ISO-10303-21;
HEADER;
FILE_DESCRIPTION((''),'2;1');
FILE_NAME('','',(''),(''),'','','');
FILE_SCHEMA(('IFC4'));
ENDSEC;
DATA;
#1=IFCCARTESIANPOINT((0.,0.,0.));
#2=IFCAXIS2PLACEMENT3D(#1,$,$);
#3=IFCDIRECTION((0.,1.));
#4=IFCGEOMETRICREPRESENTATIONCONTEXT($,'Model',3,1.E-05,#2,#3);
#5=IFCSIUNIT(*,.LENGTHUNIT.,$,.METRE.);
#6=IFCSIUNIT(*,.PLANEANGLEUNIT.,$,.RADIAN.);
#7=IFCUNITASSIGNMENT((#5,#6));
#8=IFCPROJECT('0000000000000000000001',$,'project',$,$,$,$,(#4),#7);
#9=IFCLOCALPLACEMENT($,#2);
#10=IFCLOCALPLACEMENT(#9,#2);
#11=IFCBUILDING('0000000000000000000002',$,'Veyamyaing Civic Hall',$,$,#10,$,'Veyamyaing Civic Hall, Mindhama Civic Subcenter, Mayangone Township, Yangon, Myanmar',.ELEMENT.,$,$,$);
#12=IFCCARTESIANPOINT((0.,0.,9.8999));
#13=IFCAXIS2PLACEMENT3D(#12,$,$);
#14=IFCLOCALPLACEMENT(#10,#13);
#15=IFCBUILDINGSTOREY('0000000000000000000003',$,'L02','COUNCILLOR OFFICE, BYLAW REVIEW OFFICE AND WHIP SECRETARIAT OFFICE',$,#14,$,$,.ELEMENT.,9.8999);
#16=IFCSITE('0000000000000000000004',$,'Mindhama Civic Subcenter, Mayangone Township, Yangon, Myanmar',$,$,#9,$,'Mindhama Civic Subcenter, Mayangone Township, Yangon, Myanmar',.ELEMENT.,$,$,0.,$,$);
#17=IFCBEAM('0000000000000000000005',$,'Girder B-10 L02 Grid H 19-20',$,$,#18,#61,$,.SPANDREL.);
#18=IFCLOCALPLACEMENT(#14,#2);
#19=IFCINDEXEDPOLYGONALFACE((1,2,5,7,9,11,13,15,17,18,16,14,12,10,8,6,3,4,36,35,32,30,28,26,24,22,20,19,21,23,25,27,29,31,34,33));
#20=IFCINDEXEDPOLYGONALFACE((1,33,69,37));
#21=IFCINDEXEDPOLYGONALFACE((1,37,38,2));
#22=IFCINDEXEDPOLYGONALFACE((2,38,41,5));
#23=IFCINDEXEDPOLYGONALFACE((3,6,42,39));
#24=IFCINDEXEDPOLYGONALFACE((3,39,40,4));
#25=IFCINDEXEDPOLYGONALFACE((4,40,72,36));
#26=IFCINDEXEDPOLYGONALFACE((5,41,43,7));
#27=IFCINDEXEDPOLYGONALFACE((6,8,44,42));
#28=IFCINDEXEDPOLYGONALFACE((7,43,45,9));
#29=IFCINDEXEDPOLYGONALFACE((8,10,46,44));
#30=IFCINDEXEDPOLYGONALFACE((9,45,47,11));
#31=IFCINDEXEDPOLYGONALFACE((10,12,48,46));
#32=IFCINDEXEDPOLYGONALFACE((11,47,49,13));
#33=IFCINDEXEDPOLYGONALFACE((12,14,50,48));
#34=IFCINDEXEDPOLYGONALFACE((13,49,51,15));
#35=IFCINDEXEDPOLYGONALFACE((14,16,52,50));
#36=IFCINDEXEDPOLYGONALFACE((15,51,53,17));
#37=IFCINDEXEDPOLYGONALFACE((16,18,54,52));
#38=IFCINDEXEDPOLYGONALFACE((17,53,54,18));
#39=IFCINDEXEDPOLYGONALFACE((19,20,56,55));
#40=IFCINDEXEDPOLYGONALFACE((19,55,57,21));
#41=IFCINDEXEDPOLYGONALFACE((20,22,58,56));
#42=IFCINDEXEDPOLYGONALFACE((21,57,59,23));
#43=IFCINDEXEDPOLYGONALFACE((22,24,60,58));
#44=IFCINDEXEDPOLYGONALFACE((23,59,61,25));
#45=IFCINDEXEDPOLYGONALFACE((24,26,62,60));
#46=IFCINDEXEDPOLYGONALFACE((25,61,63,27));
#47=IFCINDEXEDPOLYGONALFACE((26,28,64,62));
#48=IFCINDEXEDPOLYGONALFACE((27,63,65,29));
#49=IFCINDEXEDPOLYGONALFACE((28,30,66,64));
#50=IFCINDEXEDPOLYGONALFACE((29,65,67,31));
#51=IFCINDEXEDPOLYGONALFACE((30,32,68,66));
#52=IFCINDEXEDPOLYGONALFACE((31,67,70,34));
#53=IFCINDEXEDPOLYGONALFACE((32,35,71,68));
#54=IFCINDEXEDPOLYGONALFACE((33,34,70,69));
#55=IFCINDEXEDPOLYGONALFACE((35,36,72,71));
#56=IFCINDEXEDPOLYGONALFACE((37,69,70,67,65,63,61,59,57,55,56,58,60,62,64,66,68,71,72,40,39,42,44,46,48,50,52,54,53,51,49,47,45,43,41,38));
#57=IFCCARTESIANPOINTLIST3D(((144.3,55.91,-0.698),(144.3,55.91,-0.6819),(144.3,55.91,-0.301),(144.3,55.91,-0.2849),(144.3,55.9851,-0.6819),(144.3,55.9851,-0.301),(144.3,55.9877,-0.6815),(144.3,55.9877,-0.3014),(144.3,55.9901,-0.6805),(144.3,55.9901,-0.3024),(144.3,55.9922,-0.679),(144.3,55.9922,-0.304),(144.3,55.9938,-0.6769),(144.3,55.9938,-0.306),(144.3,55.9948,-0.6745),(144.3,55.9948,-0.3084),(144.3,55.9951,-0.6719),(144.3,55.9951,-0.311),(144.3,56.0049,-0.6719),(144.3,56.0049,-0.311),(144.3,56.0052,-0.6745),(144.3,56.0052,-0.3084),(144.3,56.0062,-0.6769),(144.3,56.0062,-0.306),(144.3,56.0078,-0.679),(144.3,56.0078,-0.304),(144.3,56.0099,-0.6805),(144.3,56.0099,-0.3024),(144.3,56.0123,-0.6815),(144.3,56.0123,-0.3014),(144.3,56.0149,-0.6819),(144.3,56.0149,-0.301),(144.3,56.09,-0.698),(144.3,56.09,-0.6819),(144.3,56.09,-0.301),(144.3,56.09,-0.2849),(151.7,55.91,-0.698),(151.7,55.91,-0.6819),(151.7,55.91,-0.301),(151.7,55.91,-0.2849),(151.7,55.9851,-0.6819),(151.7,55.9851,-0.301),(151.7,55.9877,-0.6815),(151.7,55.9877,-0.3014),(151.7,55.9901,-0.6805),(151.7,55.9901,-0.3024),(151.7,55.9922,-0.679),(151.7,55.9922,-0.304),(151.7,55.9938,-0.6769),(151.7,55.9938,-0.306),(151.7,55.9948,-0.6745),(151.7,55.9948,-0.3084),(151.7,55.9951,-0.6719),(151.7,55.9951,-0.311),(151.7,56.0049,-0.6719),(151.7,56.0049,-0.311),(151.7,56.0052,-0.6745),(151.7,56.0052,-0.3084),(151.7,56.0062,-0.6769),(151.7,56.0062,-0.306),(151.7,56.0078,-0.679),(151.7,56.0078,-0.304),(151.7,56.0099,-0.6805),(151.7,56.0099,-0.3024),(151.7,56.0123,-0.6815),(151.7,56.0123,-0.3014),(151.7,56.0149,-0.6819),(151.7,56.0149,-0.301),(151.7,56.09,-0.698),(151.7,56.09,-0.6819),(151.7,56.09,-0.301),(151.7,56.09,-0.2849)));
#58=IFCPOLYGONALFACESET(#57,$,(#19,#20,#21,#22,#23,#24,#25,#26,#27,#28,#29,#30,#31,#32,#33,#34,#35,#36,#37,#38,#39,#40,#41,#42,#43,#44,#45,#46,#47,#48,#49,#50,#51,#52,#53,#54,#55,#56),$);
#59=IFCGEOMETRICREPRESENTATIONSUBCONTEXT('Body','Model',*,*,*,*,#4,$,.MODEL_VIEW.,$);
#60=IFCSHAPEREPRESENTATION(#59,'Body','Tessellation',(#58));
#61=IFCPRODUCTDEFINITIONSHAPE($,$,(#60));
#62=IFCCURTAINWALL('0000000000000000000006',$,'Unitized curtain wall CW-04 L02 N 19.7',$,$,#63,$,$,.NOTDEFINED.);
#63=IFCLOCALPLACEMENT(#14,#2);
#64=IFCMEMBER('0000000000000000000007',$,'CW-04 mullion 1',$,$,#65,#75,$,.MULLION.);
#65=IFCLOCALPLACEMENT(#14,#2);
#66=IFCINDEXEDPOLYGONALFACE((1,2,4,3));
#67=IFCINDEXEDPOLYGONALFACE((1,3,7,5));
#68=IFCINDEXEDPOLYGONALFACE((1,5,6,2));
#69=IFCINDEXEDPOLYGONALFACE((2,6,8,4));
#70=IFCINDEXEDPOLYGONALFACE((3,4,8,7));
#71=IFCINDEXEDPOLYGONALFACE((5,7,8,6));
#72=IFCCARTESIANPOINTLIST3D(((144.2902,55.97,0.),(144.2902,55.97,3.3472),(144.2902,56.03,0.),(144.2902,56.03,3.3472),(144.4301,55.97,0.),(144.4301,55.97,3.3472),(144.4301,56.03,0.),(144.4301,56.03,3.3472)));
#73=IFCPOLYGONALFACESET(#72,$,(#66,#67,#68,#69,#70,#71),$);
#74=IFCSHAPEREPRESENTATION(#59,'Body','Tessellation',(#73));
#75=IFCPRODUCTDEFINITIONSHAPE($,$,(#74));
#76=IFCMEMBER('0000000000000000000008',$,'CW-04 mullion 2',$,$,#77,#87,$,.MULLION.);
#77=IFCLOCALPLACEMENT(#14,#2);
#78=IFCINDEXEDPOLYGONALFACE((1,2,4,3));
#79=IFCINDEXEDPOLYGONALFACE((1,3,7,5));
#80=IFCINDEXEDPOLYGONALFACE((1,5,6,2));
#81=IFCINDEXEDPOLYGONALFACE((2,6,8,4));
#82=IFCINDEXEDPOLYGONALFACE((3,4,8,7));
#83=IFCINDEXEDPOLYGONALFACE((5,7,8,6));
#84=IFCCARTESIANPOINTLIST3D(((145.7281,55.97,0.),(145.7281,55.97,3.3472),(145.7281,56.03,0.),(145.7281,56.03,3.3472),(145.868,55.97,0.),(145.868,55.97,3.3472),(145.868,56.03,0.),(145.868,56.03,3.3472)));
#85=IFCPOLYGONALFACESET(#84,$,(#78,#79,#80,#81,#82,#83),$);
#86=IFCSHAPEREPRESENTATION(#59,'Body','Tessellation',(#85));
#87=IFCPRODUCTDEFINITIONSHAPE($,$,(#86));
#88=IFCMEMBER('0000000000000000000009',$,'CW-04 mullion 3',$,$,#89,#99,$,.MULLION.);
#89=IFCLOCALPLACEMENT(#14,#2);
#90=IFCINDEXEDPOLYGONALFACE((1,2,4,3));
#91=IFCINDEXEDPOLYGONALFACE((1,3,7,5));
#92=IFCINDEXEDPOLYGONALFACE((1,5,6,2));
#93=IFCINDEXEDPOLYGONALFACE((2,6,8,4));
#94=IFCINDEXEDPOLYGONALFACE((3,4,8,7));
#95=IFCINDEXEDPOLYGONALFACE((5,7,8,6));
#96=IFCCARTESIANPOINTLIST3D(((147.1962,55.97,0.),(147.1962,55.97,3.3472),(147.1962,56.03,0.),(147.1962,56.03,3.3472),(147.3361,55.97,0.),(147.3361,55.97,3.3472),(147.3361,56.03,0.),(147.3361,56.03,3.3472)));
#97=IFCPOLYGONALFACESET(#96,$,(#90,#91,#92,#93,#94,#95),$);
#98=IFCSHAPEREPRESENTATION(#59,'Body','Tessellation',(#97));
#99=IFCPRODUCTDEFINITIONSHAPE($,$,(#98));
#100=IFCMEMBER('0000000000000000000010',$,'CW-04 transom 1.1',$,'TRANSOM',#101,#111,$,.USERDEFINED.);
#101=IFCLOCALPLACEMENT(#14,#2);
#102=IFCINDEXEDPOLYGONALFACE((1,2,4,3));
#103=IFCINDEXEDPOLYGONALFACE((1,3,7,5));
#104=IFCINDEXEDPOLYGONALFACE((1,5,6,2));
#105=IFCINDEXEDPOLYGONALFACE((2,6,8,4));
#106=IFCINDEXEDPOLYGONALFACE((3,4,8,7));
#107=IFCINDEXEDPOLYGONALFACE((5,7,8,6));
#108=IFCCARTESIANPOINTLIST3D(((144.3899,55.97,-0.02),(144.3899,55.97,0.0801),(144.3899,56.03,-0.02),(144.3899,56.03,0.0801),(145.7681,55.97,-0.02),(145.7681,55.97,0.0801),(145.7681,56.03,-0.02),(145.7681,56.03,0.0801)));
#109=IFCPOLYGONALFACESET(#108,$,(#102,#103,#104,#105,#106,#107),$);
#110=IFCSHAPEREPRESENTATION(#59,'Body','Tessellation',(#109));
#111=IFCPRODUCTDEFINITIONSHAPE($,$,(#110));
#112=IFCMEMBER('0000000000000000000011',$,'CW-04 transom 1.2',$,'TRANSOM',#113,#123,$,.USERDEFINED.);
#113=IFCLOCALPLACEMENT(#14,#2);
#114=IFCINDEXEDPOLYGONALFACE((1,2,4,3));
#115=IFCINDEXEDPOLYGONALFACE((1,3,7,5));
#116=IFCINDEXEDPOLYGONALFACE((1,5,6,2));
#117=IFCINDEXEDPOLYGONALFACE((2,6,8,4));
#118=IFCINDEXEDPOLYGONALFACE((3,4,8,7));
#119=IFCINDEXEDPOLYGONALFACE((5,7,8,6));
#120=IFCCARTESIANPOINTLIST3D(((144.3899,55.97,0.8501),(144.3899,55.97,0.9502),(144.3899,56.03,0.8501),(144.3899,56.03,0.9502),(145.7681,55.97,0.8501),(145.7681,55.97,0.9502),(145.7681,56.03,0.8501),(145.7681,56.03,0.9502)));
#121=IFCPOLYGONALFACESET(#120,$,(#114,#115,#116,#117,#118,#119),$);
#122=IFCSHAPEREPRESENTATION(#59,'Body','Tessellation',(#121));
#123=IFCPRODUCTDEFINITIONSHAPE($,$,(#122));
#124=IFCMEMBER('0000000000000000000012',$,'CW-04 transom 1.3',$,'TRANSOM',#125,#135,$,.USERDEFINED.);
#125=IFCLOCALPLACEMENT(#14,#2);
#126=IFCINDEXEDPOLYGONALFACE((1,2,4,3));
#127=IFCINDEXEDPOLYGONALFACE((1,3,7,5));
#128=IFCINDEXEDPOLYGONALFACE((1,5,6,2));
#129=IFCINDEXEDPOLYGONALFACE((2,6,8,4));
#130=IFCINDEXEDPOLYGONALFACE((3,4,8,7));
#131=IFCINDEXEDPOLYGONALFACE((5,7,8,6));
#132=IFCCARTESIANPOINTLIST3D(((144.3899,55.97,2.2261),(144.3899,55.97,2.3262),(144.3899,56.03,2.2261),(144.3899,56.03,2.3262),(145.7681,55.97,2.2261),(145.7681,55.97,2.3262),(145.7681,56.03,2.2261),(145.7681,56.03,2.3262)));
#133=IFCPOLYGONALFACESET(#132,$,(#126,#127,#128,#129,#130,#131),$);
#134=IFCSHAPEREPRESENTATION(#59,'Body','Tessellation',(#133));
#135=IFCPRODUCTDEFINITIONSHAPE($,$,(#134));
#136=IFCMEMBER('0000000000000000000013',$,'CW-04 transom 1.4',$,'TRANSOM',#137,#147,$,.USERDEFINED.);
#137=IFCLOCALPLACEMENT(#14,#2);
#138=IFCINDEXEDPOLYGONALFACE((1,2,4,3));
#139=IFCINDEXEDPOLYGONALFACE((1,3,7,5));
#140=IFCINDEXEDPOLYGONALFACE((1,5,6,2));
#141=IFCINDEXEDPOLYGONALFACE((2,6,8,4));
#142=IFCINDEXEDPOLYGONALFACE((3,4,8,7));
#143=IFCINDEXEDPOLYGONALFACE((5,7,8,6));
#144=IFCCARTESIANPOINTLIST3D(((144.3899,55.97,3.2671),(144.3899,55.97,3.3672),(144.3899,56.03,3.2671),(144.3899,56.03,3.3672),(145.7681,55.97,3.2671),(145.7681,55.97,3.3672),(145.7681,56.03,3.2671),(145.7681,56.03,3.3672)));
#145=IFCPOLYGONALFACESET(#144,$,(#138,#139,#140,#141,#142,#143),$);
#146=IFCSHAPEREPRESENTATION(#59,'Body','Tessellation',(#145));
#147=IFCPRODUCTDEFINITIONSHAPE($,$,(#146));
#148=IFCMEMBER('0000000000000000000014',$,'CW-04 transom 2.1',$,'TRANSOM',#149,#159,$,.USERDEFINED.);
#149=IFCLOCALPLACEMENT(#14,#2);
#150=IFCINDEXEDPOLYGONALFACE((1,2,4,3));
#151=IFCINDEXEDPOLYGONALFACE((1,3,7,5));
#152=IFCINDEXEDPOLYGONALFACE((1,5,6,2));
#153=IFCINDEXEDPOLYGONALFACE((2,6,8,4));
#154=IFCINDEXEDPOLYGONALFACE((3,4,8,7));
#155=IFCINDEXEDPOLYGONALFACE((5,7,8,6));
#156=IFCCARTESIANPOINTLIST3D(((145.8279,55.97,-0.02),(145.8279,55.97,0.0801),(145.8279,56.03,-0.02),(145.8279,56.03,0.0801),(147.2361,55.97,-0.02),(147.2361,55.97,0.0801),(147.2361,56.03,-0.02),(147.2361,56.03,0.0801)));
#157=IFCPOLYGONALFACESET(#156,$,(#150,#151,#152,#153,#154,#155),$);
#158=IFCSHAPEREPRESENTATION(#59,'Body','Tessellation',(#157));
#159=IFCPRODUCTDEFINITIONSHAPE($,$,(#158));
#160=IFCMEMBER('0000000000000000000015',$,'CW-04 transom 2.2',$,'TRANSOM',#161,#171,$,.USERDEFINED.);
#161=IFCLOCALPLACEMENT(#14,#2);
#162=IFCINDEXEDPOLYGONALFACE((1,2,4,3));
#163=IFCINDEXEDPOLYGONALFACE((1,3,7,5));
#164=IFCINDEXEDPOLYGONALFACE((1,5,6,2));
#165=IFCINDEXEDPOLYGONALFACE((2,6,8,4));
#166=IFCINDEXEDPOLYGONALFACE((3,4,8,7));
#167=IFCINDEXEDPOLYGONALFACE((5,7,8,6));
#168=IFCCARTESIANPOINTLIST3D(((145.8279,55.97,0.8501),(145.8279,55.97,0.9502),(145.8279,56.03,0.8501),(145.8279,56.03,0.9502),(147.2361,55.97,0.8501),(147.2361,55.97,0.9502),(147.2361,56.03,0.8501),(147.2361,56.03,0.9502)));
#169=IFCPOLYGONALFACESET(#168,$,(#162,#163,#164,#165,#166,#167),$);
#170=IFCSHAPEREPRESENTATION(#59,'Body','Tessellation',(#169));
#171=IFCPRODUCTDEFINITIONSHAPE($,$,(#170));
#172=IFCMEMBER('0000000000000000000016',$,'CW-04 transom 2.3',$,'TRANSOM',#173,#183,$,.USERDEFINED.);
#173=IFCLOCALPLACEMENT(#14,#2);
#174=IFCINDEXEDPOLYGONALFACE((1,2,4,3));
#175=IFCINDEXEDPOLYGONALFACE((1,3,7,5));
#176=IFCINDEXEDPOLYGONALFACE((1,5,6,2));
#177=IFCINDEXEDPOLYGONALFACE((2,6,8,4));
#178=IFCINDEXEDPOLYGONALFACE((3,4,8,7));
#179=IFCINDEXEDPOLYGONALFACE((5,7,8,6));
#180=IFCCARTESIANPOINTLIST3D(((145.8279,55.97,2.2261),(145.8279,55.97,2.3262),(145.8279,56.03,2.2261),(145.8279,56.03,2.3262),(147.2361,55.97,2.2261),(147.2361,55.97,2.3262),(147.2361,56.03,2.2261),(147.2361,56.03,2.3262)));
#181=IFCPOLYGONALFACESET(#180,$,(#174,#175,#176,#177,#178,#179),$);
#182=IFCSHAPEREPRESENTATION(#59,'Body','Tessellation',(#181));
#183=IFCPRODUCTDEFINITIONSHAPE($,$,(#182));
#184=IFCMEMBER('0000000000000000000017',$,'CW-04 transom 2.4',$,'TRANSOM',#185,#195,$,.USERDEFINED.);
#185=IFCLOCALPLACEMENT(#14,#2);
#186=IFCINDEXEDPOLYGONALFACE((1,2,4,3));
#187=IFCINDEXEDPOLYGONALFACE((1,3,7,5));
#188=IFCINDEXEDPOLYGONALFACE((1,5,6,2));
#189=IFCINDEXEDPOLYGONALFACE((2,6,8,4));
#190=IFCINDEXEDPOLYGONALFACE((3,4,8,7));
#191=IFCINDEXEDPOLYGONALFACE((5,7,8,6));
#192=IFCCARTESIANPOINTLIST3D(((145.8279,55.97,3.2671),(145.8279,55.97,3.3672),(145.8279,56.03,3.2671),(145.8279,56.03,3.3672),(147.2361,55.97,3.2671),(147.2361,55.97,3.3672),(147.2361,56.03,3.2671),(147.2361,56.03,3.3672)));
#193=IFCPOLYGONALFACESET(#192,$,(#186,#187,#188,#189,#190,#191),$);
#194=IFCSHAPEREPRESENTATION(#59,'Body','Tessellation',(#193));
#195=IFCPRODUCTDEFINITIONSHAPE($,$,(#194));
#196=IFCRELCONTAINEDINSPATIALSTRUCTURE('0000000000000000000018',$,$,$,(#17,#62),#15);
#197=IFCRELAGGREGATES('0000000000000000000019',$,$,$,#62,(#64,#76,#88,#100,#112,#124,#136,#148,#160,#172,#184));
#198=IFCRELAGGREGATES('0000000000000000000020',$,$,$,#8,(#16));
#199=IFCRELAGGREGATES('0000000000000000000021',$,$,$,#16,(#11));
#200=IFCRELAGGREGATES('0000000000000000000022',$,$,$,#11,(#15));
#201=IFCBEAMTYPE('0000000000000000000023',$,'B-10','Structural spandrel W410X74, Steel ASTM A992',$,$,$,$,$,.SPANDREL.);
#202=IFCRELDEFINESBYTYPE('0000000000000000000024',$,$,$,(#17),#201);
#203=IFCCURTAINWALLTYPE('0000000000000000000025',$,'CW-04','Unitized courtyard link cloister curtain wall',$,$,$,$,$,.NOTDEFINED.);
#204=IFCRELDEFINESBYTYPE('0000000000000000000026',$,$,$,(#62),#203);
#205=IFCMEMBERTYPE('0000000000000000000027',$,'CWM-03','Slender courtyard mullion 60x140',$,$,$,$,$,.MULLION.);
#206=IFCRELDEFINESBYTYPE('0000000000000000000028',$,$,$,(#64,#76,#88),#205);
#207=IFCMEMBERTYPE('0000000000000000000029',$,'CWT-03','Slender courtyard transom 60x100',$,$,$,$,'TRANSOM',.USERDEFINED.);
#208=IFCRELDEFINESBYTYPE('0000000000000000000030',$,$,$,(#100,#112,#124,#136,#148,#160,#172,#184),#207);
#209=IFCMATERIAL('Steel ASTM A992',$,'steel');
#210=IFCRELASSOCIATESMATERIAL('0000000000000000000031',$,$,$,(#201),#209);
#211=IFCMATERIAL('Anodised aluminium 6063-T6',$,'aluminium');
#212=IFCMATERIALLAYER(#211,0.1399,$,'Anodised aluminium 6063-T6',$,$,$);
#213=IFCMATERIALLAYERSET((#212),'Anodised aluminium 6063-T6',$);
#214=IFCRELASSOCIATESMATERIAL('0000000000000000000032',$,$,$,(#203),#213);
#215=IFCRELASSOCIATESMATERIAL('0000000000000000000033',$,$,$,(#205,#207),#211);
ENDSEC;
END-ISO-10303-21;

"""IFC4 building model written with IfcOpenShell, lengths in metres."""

from ifc_helpers import new_model, si_unit, direction, frame, origin, origin_2d, place, context, subcontext, project, spatial, rectangle, i_section, extrude, material, layer, layer_set, material_profile, profile_set, type_object, element, aggregate, save


model = new_model("IFC4")

# Units and contexts
model_context = context("Model", 3, precision=1e-05, world=origin(), true_north=direction((0.0, 1.0)))
body_context = subcontext(model_context, "Body", "Model", "MODEL_VIEW")
ifc_project = project(units=[si_unit("LENGTHUNIT", "METRE"), si_unit("PLANEANGLEUNIT", "RADIAN")], contexts=[model_context])

# Site, building, storey
site_placement = place(None, origin())
site = spatial("IfcSite", under=ifc_project, at=site_placement, Name="Mindhama Civic Subcenter, Mayangone Township, Yangon, Myanmar", LongName="Mindhama Civic Subcenter, Mayangone Township, Yangon, Myanmar", CompositionType="ELEMENT", RefElevation=0.0)
building_placement = place(site_placement, origin())
building = spatial("IfcBuilding", under=site, at=building_placement, Name="Veyamyaing Civic Hall", LongName="Veyamyaing Civic Hall, Mindhama Civic Subcenter, Mayangone Township, Yangon, Myanmar", CompositionType="ELEMENT")
storey_placement = place(building_placement, frame((0.0, 0.0, 9.8999)))
storey = spatial("IfcBuildingStorey", under=building, at=storey_placement, Name="L02", Description="COUNCILLOR OFFICE, BYLAW REVIEW OFFICE AND WHIP SECRETARIAT OFFICE", CompositionType="ELEMENT", Elevation=9.8999)

# Beam
ifc_material_1 = material(Name="Steel ASTM A992", Category="steel")
ifc_material_profile_1 = material_profile(ifc_material_1, i_section(OverallWidth=0.1799, OverallDepth=0.4131, WebThickness=0.0098, FlangeThickness=0.0161, FilletRadius=0.01, at=origin_2d()), Name="W410X74")
ifc_profile_set_1 = profile_set([ifc_material_profile_1], Name="Steel ASTM A992")
beam_type = type_object("IfcBeamType", Name="B-10", Description="Structural spandrel W410X74, Steel ASTM A992", PredefinedType="SPANDREL", material=ifc_profile_set_1)
beam_placement = place(storey_placement, frame((144.3, 56.0, -0.4915), z_axis=(1.0, 0.0, 0.0), x_axis=(0.0, 1.0, 0.0)))
element("IfcBeam", 1, at=beam_placement, inside=storey, type_object=beam_type, Name="Girder B-10 L02 Grid H 19-20", PredefinedType="SPANDREL", context=body_context, shape_type="SweptSolid", body=[
    extrude(i_section(OverallWidth=0.1799, OverallDepth=0.4131, WebThickness=0.0098, FlangeThickness=0.0161, FilletRadius=0.01, at=origin_2d()), origin(), (0.0, 0.0, 1.0), 7.3999),
])

# Curtain wall, members
ifc_material_2 = material(Name="Anodised aluminium 6063-T6", Category="aluminium")
ifc_layer_1 = layer(ifc_material_2, 0.1399, Name="Anodised aluminium 6063-T6")
ifc_layer_set_1 = layer_set([ifc_layer_1], Name="Anodised aluminium 6063-T6")
curtain_wall_type = type_object("IfcCurtainWallType", Name="CW-04", Description="Unitized courtyard link cloister curtain wall", PredefinedType="NOTDEFINED", material=ifc_layer_set_1)
curtain_wall_placement = place(storey_placement, origin())
curtain_wall = element("IfcCurtainWall", 2, at=curtain_wall_placement, inside=storey, type_object=curtain_wall_type, Name="Unitized curtain wall CW-04 L02 N 19.7", PredefinedType="NOTDEFINED")
ifc_material_profile_2 = material_profile(ifc_material_2, rectangle(XDim=0.0601, YDim=0.1399, at=origin_2d()), Name="ALU-MUL-60X140")
ifc_profile_set_2 = profile_set([ifc_material_profile_2], Name="Anodised aluminium 6063-T6")
member_type_1 = type_object("IfcMemberType", Name="CWM-03", Description="Slender courtyard mullion 60x140", PredefinedType="MULLION", material=ifc_profile_set_2)
member_1_placement = place(storey_placement, frame((144.3601, 56.0, 0.0), z_axis=(0.0, 0.0, 1.0), x_axis=(0.0, 1.0, 0.0)))
member_1 = element("IfcMember", 3, at=member_1_placement, type_object=member_type_1, Name="CW-04 mullion 1", PredefinedType="MULLION", context=body_context, shape_type="SweptSolid", body=[
    extrude(rectangle(XDim=0.0601, YDim=0.1399, at=origin_2d()), origin(), (0.0, 0.0, 1.0), 3.3472),
])
member_2_placement = place(storey_placement, frame((145.7981, 56.0, 0.0), z_axis=(0.0, 0.0, 1.0), x_axis=(0.0, 1.0, 0.0)))
member_2 = element("IfcMember", 4, at=member_2_placement, type_object=member_type_1, Name="CW-04 mullion 2", PredefinedType="MULLION", context=body_context, shape_type="SweptSolid", body=[
    extrude(rectangle(XDim=0.0601, YDim=0.1399, at=origin_2d()), origin(), (0.0, 0.0, 1.0), 3.3472),
])
member_3_placement = place(storey_placement, frame((147.2661, 56.0, 0.0), z_axis=(0.0, 0.0, 1.0), x_axis=(0.0, 1.0, 0.0)))
member_3 = element("IfcMember", 5, at=member_3_placement, type_object=member_type_1, Name="CW-04 mullion 3", PredefinedType="MULLION", context=body_context, shape_type="SweptSolid", body=[
    extrude(rectangle(XDim=0.0601, YDim=0.1399, at=origin_2d()), origin(), (0.0, 0.0, 1.0), 3.3472),
])
ifc_material_profile_3 = material_profile(ifc_material_2, rectangle(XDim=0.0601, YDim=0.1001, at=origin_2d()), Name="ALU-TRN-60X100")
ifc_profile_set_3 = profile_set([ifc_material_profile_3], Name="Anodised aluminium 6063-T6")
member_type_2 = type_object("IfcMemberType", Name="CWT-03", Description="Slender courtyard transom 60x100", ElementType="TRANSOM", PredefinedType="USERDEFINED", material=ifc_profile_set_3)
member_4_placement = place(storey_placement, frame((144.3899, 56.0, 0.03), z_axis=(1.0, 0.0, 0.0), x_axis=(0.0, 1.0, 0.0)))
member_4 = element("IfcMember", 6, at=member_4_placement, type_object=member_type_2, Name="CW-04 transom 1.1", ObjectType="TRANSOM", PredefinedType="USERDEFINED", context=body_context, shape_type="SweptSolid", body=[
    extrude(rectangle(XDim=0.0601, YDim=0.1001, at=origin_2d()), origin(), (0.0, 0.0, 1.0), 1.3782),
])
member_5_placement = place(storey_placement, frame((144.3899, 56.0, 0.9001), z_axis=(1.0, 0.0, 0.0), x_axis=(0.0, 1.0, 0.0)))
member_5 = element("IfcMember", 7, at=member_5_placement, type_object=member_type_2, Name="CW-04 transom 1.2", ObjectType="TRANSOM", PredefinedType="USERDEFINED", context=body_context, shape_type="SweptSolid", body=[
    extrude(rectangle(XDim=0.0601, YDim=0.1001, at=origin_2d()), origin(), (0.0, 0.0, 1.0), 1.3782),
])
member_6_placement = place(storey_placement, frame((144.3899, 56.0, 2.2761), z_axis=(1.0, 0.0, 0.0), x_axis=(0.0, 1.0, 0.0)))
member_6 = element("IfcMember", 8, at=member_6_placement, type_object=member_type_2, Name="CW-04 transom 1.3", ObjectType="TRANSOM", PredefinedType="USERDEFINED", context=body_context, shape_type="SweptSolid", body=[
    extrude(rectangle(XDim=0.0601, YDim=0.1001, at=origin_2d()), origin(), (0.0, 0.0, 1.0), 1.3782),
])
member_7_placement = place(storey_placement, frame((144.3899, 56.0, 3.3171), z_axis=(1.0, 0.0, 0.0), x_axis=(0.0, 1.0, 0.0)))
member_7 = element("IfcMember", 9, at=member_7_placement, type_object=member_type_2, Name="CW-04 transom 1.4", ObjectType="TRANSOM", PredefinedType="USERDEFINED", context=body_context, shape_type="SweptSolid", body=[
    extrude(rectangle(XDim=0.0601, YDim=0.1001, at=origin_2d()), origin(), (0.0, 0.0, 1.0), 1.3782),
])
member_8_placement = place(storey_placement, frame((145.8279, 56.0, 0.03), z_axis=(1.0, 0.0, 0.0), x_axis=(0.0, 1.0, 0.0)))
member_8 = element("IfcMember", 10, at=member_8_placement, type_object=member_type_2, Name="CW-04 transom 2.1", ObjectType="TRANSOM", PredefinedType="USERDEFINED", context=body_context, shape_type="SweptSolid", body=[
    extrude(rectangle(XDim=0.0601, YDim=0.1001, at=origin_2d()), origin(), (0.0, 0.0, 1.0), 1.4082),
])
member_9_placement = place(storey_placement, frame((145.8279, 56.0, 0.9001), z_axis=(1.0, 0.0, 0.0), x_axis=(0.0, 1.0, 0.0)))
member_9 = element("IfcMember", 11, at=member_9_placement, type_object=member_type_2, Name="CW-04 transom 2.2", ObjectType="TRANSOM", PredefinedType="USERDEFINED", context=body_context, shape_type="SweptSolid", body=[
    extrude(rectangle(XDim=0.0601, YDim=0.1001, at=origin_2d()), origin(), (0.0, 0.0, 1.0), 1.4082),
])
member_10_placement = place(storey_placement, frame((145.8279, 56.0, 2.2761), z_axis=(1.0, 0.0, 0.0), x_axis=(0.0, 1.0, 0.0)))
member_10 = element("IfcMember", 12, at=member_10_placement, type_object=member_type_2, Name="CW-04 transom 2.3", ObjectType="TRANSOM", PredefinedType="USERDEFINED", context=body_context, shape_type="SweptSolid", body=[
    extrude(rectangle(XDim=0.0601, YDim=0.1001, at=origin_2d()), origin(), (0.0, 0.0, 1.0), 1.4082),
])
member_11_placement = place(storey_placement, frame((145.8279, 56.0, 3.3171), z_axis=(1.0, 0.0, 0.0), x_axis=(0.0, 1.0, 0.0)))
member_11 = element("IfcMember", 13, at=member_11_placement, type_object=member_type_2, Name="CW-04 transom 2.4", ObjectType="TRANSOM", PredefinedType="USERDEFINED", context=body_context, shape_type="SweptSolid", body=[
    extrude(rectangle(XDim=0.0601, YDim=0.1001, at=origin_2d()), origin(), (0.0, 0.0, 1.0), 1.4082),
])
aggregate(curtain_wall, [member_1, member_2, member_3, member_4, member_5, member_6, member_7, member_8, member_9, member_10, member_11])

save(model, "model.ifc")
